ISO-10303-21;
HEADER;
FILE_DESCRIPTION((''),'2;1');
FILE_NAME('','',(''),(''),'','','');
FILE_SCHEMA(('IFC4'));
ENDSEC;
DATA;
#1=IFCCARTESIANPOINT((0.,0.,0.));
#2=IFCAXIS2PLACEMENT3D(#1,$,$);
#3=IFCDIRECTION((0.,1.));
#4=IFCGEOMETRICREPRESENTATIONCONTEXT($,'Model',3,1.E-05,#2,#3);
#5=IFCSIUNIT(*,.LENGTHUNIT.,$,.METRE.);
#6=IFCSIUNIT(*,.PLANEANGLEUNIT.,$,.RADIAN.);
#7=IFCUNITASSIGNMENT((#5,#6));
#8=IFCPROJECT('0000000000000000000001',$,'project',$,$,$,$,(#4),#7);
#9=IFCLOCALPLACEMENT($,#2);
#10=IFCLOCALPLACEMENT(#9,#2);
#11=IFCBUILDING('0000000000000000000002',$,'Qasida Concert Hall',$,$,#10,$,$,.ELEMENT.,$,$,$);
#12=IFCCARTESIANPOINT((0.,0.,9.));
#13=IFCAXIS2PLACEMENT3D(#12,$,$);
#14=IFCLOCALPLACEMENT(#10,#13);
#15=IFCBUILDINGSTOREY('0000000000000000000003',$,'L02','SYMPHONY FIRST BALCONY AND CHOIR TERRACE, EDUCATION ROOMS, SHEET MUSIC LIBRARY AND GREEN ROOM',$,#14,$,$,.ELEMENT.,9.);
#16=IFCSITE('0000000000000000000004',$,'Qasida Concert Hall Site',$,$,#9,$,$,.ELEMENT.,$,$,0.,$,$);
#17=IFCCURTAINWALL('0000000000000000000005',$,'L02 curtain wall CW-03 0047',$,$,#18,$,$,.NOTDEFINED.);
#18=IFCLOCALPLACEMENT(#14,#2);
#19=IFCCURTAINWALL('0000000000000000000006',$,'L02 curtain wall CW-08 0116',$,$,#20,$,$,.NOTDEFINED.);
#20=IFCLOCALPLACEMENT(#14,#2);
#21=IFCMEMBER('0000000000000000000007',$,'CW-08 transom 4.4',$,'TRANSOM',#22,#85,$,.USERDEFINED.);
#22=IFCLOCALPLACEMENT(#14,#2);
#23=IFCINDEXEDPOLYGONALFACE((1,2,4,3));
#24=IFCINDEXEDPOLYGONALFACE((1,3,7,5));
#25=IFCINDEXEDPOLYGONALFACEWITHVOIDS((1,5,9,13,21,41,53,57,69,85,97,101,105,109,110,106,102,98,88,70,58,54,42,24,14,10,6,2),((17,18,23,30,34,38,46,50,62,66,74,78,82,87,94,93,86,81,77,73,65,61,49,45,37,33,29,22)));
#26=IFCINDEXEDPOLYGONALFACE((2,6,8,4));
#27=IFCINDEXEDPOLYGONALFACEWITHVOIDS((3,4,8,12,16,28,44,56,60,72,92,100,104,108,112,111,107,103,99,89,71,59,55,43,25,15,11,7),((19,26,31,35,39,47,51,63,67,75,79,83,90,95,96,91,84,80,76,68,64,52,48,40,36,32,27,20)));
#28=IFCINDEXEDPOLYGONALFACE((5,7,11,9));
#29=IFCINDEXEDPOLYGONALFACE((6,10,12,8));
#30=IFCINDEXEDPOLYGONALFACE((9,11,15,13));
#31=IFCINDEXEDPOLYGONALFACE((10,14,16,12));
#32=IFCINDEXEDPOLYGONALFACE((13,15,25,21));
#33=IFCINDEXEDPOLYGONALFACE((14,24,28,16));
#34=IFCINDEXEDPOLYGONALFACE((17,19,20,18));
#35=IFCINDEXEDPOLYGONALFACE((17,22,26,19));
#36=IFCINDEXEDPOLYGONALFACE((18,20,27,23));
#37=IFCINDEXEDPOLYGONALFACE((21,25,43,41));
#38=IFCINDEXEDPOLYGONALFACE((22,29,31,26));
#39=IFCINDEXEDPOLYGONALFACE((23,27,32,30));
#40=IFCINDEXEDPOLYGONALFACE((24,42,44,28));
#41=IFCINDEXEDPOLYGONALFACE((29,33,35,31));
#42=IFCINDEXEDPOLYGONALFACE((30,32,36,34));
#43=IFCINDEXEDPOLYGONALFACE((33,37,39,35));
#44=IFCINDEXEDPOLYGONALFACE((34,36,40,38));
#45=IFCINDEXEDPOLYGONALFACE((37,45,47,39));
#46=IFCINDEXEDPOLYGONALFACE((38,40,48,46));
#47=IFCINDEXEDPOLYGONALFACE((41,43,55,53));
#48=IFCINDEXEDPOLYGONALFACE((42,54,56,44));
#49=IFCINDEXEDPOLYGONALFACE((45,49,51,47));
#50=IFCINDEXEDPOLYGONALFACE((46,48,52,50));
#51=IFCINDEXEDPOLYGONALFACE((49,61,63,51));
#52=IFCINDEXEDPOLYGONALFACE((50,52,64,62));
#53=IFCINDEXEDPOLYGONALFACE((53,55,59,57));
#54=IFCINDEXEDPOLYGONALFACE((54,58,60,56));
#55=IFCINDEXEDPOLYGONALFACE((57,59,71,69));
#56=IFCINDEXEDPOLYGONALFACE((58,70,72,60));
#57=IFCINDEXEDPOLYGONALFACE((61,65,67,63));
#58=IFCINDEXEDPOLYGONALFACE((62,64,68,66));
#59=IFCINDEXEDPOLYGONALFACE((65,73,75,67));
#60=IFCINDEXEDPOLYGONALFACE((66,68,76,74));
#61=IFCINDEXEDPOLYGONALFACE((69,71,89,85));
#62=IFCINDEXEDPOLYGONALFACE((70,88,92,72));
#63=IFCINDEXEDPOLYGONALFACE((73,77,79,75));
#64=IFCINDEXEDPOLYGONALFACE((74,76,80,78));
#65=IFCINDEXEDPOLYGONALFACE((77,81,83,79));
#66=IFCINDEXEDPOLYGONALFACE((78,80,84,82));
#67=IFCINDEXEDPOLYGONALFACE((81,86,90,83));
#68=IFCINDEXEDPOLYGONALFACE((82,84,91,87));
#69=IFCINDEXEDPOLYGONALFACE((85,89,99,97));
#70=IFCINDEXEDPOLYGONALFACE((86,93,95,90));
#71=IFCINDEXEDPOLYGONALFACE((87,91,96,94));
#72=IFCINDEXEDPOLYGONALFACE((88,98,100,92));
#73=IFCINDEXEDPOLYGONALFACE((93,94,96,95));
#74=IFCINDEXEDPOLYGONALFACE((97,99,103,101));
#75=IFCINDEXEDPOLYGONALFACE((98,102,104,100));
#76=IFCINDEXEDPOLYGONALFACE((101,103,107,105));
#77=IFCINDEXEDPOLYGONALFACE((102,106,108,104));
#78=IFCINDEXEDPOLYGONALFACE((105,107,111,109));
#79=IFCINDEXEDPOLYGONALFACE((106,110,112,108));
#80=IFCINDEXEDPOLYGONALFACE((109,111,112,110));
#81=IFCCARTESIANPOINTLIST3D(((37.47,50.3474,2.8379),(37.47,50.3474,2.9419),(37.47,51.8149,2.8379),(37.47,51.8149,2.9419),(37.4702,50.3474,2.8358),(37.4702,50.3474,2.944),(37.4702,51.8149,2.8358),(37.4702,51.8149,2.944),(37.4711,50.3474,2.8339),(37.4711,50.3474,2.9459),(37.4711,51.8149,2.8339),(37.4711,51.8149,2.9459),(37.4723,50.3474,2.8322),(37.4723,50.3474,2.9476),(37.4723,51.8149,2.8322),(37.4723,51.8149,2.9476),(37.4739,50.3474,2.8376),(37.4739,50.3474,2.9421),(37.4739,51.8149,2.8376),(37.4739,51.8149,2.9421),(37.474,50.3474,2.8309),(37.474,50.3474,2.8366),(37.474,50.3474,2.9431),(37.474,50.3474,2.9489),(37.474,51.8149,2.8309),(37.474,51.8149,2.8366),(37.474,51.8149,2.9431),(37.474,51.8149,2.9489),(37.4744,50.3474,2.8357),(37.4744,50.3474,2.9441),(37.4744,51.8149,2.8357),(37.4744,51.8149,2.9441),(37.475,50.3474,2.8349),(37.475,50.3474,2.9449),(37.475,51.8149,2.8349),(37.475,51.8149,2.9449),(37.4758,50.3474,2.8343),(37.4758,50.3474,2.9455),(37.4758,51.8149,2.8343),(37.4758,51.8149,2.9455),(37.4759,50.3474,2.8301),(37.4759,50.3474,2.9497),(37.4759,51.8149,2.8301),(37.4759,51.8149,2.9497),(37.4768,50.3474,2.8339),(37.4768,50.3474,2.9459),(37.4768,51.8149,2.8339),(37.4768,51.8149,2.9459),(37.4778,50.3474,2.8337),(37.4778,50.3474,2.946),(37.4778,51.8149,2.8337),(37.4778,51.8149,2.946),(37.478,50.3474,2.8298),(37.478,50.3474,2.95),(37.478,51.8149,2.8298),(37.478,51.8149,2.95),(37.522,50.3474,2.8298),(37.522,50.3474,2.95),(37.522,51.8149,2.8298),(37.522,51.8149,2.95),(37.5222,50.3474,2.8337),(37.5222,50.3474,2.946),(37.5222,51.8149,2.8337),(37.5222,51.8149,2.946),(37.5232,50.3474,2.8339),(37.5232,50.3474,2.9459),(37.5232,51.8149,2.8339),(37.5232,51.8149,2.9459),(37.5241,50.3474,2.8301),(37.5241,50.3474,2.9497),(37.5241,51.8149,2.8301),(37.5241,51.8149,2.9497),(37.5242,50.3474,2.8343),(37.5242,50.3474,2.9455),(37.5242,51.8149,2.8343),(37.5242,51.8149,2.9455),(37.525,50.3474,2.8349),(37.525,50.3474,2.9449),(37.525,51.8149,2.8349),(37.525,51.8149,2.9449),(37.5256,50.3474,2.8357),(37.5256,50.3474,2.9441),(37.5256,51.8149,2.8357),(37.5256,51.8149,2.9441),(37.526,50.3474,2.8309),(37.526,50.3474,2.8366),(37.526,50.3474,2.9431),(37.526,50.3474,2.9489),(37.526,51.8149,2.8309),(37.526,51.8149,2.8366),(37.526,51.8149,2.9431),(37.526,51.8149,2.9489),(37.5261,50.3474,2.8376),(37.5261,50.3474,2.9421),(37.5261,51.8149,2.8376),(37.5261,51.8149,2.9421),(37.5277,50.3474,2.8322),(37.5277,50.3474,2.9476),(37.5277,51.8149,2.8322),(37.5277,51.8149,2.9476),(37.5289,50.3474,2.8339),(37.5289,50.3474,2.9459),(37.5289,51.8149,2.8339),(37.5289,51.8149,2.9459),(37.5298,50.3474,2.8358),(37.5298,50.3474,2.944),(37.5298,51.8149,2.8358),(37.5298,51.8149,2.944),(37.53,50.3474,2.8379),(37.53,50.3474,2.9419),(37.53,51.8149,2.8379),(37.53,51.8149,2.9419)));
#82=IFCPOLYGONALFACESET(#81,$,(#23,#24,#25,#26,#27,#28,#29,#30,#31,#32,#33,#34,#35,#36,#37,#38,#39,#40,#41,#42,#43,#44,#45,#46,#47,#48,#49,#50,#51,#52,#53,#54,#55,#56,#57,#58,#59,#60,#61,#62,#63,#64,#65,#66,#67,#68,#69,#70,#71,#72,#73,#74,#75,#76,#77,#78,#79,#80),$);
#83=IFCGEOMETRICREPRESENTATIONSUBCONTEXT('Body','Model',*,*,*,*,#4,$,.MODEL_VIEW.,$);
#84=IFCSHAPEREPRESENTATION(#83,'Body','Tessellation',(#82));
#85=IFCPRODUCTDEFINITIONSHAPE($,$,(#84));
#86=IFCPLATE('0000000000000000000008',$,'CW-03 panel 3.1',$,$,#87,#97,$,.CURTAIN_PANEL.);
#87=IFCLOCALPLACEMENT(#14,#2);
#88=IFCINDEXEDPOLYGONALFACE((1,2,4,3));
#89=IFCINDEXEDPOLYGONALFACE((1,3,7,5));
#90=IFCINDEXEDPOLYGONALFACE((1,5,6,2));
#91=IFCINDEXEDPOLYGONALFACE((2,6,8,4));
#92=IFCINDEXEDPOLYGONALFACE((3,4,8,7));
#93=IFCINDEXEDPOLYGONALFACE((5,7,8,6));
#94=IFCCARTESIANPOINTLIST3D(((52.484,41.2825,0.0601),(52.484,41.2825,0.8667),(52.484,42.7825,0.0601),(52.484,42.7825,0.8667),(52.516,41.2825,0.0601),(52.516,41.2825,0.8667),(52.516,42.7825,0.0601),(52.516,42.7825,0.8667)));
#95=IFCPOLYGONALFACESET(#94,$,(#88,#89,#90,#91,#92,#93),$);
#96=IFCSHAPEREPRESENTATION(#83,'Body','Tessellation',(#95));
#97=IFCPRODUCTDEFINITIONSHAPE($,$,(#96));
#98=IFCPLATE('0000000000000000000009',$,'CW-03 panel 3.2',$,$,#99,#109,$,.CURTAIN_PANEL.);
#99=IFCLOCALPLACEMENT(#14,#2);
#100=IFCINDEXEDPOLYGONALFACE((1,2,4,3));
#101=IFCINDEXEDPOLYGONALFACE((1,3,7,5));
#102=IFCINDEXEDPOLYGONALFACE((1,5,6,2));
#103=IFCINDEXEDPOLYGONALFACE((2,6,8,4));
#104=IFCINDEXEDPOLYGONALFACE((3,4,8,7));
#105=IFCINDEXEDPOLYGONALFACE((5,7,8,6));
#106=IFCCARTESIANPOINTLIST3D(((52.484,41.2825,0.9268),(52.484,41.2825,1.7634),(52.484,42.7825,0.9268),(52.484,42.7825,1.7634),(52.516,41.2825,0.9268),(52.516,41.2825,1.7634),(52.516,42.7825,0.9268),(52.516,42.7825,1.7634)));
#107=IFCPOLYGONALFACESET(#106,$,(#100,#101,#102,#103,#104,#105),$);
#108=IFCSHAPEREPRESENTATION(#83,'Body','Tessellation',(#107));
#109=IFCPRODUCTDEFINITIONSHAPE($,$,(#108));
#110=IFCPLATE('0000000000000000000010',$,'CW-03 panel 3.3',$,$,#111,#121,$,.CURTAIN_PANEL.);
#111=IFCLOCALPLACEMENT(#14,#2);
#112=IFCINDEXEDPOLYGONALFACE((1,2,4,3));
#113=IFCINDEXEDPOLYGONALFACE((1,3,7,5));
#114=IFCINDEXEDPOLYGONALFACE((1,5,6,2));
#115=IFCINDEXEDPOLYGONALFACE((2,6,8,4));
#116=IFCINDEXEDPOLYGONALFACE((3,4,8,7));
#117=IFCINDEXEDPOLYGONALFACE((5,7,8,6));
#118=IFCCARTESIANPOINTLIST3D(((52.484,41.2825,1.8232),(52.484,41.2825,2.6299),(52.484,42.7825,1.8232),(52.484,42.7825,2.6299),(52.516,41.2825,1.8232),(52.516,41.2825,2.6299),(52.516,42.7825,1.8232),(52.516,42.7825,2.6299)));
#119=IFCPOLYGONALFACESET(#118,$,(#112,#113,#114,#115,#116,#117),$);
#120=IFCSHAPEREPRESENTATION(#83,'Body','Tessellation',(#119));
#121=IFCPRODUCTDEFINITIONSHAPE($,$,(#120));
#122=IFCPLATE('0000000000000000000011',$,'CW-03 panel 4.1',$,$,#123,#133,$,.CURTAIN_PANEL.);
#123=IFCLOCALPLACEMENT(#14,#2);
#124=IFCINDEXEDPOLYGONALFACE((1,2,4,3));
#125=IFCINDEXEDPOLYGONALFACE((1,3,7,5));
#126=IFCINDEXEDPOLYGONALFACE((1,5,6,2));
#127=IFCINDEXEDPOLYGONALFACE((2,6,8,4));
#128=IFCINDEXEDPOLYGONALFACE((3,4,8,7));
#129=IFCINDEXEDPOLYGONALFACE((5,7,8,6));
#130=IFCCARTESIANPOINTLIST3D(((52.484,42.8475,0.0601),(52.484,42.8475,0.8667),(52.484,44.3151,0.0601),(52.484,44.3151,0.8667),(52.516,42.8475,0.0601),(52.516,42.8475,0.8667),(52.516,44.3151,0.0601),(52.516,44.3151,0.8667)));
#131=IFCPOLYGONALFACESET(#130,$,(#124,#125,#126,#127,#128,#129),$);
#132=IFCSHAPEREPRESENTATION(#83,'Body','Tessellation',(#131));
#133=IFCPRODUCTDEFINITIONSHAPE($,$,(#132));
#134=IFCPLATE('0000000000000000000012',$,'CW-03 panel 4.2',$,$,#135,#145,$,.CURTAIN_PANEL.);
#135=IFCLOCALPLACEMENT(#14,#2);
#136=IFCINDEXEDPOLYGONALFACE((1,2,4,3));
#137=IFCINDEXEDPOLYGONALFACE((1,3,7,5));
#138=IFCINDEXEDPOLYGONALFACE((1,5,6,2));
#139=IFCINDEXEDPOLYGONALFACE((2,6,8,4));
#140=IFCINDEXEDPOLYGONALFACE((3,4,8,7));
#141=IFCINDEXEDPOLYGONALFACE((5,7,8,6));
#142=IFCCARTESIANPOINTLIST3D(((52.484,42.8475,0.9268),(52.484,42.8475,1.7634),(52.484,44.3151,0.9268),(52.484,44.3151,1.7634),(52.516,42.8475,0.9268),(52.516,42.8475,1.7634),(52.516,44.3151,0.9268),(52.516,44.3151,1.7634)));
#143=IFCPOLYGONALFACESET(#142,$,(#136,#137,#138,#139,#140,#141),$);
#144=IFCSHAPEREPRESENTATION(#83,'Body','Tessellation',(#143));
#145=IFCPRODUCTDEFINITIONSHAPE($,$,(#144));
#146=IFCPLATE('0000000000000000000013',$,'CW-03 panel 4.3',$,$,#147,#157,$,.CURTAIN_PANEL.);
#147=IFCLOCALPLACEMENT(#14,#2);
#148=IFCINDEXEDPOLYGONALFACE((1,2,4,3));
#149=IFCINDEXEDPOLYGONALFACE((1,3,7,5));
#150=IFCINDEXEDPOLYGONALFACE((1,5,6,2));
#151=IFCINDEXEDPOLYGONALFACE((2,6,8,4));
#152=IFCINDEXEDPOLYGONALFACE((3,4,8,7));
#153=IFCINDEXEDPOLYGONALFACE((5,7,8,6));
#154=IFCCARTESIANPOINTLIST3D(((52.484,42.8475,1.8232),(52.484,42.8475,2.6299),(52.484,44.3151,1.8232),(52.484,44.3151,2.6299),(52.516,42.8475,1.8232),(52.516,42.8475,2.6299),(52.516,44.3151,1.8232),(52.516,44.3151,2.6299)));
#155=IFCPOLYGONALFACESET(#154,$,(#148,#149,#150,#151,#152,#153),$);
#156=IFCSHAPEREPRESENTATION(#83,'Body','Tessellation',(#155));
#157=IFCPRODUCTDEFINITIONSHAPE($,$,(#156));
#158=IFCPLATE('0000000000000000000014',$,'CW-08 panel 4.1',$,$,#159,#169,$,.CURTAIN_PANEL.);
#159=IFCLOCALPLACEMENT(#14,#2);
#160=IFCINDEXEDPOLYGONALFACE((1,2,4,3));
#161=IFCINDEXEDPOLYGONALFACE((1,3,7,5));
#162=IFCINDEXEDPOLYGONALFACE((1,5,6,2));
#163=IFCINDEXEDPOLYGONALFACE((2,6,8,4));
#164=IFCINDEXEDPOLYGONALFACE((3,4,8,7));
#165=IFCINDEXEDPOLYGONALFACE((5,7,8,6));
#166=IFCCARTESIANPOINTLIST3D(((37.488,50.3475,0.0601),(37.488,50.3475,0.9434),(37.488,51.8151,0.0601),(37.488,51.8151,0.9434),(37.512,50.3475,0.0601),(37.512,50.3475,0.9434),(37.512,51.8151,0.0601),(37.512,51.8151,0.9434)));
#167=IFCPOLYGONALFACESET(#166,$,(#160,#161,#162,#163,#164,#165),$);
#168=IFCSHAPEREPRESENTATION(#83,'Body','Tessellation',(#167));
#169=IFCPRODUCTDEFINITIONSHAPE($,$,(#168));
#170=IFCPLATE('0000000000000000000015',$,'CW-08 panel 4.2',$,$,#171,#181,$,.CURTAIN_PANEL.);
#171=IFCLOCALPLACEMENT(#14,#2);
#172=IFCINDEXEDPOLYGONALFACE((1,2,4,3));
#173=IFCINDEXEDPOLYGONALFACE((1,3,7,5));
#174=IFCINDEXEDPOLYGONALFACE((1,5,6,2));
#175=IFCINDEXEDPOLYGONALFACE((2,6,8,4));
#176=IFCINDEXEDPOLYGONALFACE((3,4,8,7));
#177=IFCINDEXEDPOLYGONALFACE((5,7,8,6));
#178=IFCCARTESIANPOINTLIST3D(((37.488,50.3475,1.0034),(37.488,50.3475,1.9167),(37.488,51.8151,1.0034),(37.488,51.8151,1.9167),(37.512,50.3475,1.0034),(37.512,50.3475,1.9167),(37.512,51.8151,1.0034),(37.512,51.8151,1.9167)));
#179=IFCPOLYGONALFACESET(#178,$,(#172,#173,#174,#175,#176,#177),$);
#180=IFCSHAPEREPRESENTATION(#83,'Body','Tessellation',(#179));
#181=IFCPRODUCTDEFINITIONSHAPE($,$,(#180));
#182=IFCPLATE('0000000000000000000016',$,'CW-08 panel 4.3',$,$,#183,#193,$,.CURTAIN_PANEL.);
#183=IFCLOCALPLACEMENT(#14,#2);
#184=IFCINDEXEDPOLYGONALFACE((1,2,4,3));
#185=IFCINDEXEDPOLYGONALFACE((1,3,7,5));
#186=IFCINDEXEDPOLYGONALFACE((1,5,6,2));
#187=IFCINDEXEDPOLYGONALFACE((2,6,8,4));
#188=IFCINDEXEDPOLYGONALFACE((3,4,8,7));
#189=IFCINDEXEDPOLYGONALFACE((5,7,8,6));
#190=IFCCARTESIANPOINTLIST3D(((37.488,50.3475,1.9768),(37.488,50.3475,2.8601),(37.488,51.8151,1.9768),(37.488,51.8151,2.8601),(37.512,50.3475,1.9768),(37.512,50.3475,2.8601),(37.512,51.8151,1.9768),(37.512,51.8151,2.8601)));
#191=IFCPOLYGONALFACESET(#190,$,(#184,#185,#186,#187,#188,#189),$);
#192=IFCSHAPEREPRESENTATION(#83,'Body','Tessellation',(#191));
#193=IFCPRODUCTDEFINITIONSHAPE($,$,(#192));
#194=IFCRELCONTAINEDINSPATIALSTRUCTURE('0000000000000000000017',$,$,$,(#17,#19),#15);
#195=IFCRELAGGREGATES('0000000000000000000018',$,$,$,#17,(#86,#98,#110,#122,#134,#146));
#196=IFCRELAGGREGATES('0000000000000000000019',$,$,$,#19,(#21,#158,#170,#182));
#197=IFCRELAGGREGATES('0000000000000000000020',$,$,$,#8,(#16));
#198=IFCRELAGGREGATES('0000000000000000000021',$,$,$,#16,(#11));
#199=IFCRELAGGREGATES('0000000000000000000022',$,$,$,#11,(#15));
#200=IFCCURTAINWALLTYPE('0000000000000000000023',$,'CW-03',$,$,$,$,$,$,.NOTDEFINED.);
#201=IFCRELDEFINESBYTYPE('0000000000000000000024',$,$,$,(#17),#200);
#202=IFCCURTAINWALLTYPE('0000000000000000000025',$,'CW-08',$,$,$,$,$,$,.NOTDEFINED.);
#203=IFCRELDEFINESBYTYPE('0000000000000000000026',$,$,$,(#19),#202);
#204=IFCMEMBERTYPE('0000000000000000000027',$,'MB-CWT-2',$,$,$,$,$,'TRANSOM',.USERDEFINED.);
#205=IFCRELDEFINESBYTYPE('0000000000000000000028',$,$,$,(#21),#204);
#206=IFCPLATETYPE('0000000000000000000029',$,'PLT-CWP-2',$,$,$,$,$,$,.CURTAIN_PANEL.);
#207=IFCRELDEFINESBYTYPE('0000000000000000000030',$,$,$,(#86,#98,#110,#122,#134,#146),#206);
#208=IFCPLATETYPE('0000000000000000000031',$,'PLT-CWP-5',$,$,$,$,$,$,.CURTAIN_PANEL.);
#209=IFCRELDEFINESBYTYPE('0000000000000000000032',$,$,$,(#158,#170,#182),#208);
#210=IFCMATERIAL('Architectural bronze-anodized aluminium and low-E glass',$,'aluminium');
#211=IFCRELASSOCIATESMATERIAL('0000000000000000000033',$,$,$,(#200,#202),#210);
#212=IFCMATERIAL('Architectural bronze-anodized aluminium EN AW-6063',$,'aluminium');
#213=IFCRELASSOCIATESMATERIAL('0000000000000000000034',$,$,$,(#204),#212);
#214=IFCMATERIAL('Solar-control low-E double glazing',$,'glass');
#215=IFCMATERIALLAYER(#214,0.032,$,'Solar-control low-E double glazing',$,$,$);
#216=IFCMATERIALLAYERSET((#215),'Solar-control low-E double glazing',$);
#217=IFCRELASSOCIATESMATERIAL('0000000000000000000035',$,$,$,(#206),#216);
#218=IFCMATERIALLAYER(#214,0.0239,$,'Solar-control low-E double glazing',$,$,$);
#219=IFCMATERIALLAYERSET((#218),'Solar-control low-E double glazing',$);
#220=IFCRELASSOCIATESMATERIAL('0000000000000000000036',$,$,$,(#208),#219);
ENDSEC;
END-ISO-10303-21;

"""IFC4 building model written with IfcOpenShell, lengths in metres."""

from ifc_helpers import new_model, si_unit, direction, frame, origin, origin_2d, place, context, subcontext, project, spatial, rectangle, hollow_rectangle, extrude, material, layer, layer_set, material_profile, profile_set, type_object, element, aggregate, save


model = new_model("IFC4")

# Units and contexts
model_context = context("Model", 3, precision=1e-05, world=origin(), true_north=direction((0.0, 1.0)))
body_context = subcontext(model_context, "Body", "Model", "MODEL_VIEW")
ifc_project = project(units=[si_unit("LENGTHUNIT", "METRE"), si_unit("PLANEANGLEUNIT", "RADIAN")], contexts=[model_context])

# Site, building, storey
site_placement = place(None, origin())
site = spatial("IfcSite", under=ifc_project, at=site_placement, Name="Qasida Concert Hall Site", CompositionType="ELEMENT", RefElevation=0.0)
building_placement = place(site_placement, origin())
building = spatial("IfcBuilding", under=site, at=building_placement, Name="Qasida Concert Hall", CompositionType="ELEMENT")
storey_placement = place(building_placement, frame((0.0, 0.0, 9.0)))
storey = spatial("IfcBuildingStorey", under=building, at=storey_placement, Name="L02", Description="SYMPHONY FIRST BALCONY AND CHOIR TERRACE, EDUCATION ROOMS, SHEET MUSIC LIBRARY AND GREEN ROOM", CompositionType="ELEMENT", Elevation=9.0)

# Curtain wall
ifc_material_1 = material(Name="Architectural bronze-anodized aluminium and low-E glass", Category="aluminium")
curtain_wall_type_1 = type_object("IfcCurtainWallType", Name="CW-03", PredefinedType="NOTDEFINED", material=ifc_material_1)
curtain_wall_1_placement = place(storey_placement, origin())
curtain_wall_1 = element("IfcCurtainWall", 1, at=curtain_wall_1_placement, inside=storey, type_object=curtain_wall_type_1, Name="L02 curtain wall CW-03 0047", PredefinedType="NOTDEFINED")
ifc_material_2 = material(Name="Architectural bronze-anodized aluminium EN AW-6063", Category="aluminium")

# Curtain wall
curtain_wall_type_2 = type_object("IfcCurtainWallType", Name="CW-08", PredefinedType="NOTDEFINED", material=ifc_material_1)
curtain_wall_2_placement = place(storey_placement, origin())
curtain_wall_2 = element("IfcCurtainWall", 2, at=curtain_wall_2_placement, inside=storey, type_object=curtain_wall_type_2, Name="L02 curtain wall CW-08 0116", PredefinedType="NOTDEFINED")

# Member
ifc_material_profile_1 = material_profile(ifc_material_2, hollow_rectangle(XDim=0.0601, YDim=0.1201, WallThickness=0.0039, InnerFilletRadius=0.0039, OuterFilletRadius=0.0081, at=origin_2d()), Name="CWT 120x60x4")
ifc_profile_set_1 = profile_set([ifc_material_profile_1], Name="Architectural bronze-anodized aluminium EN AW-6063")
member_type_1 = type_object("IfcMemberType", Name="MB-CWT-2", ElementType="TRANSOM", PredefinedType="USERDEFINED", material=ifc_profile_set_1)
member_1_placement = place(storey_placement, frame((37.5, 50.3474, 2.8899), z_axis=(0.0, 1.0, 0.0), x_axis=(-1.0, 0.0, 0.0)))
member_1 = element("IfcMember", 3, at=member_1_placement, type_object=member_type_1, Name="CW-08 transom 4.4", ObjectType="TRANSOM", PredefinedType="USERDEFINED", context=body_context, shape_type="SweptSolid", body=[
    extrude(hollow_rectangle(XDim=0.0601, YDim=0.1201, WallThickness=0.0039, InnerFilletRadius=0.0039, OuterFilletRadius=0.0081, at=origin_2d()), origin(), (0.0, 0.0, 1.0), 1.4675),
])

# Plates
ifc_material_3 = material(Name="Solar-control low-E double glazing", Category="glass")
ifc_layer_1 = layer(ifc_material_3, 0.032, Name="Solar-control low-E double glazing")
ifc_layer_set_1 = layer_set([ifc_layer_1], Name="Solar-control low-E double glazing")
plate_type_1 = type_object("IfcPlateType", Name="PLT-CWP-2", PredefinedType="CURTAIN_PANEL", material=ifc_layer_set_1)
plate_1_placement = place(storey_placement, frame((52.5, 42.0325, 0.0601), z_axis=(0.0, 0.0, 1.0), x_axis=(0.0, 1.0, 0.0)))
plate_1 = element("IfcPlate", 4, at=plate_1_placement, type_object=plate_type_1, Name="CW-03 panel 3.1", PredefinedType="CURTAIN_PANEL", context=body_context, shape_type="SweptSolid", body=[
    extrude(rectangle(XDim=1.5, YDim=0.032, at=origin_2d()), origin(), (0.0, 0.0, 1.0), 0.8066),
])
plate_2_placement = place(storey_placement, frame((52.5, 42.0325, 0.9268), z_axis=(0.0, 0.0, 1.0), x_axis=(0.0, 1.0, 0.0)))
plate_2 = element("IfcPlate", 5, at=plate_2_placement, type_object=plate_type_1, Name="CW-03 panel 3.2", PredefinedType="CURTAIN_PANEL", context=body_context, shape_type="SweptSolid", body=[
    extrude(rectangle(XDim=1.5, YDim=0.032, at=origin_2d()), origin(), (0.0, 0.0, 1.0), 0.8367),
])
plate_3_placement = place(storey_placement, frame((52.5, 42.0325, 1.8232), z_axis=(0.0, 0.0, 1.0), x_axis=(0.0, 1.0, 0.0)))
plate_3 = element("IfcPlate", 6, at=plate_3_placement, type_object=plate_type_1, Name="CW-03 panel 3.3", PredefinedType="CURTAIN_PANEL", context=body_context, shape_type="SweptSolid", body=[
    extrude(rectangle(XDim=1.5, YDim=0.032, at=origin_2d()), origin(), (0.0, 0.0, 1.0), 0.8066),
])
plate_4_placement = place(storey_placement, frame((52.5, 43.5813, 0.0601), z_axis=(0.0, 0.0, 1.0), x_axis=(0.0, 1.0, 0.0)))
plate_4 = element("IfcPlate", 7, at=plate_4_placement, type_object=plate_type_1, Name="CW-03 panel 4.1", PredefinedType="CURTAIN_PANEL", context=body_context, shape_type="SweptSolid", body=[
    extrude(rectangle(XDim=1.4675, YDim=0.032, at=origin_2d()), origin(), (0.0, 0.0, 1.0), 0.8066),
])
plate_5_placement = place(storey_placement, frame((52.5, 43.5813, 0.9268), z_axis=(0.0, 0.0, 1.0), x_axis=(0.0, 1.0, 0.0)))
plate_5 = element("IfcPlate", 8, at=plate_5_placement, type_object=plate_type_1, Name="CW-03 panel 4.2", PredefinedType="CURTAIN_PANEL", context=body_context, shape_type="SweptSolid", body=[
    extrude(rectangle(XDim=1.4675, YDim=0.032, at=origin_2d()), origin(), (0.0, 0.0, 1.0), 0.8367),
])
plate_6_placement = place(storey_placement, frame((52.5, 43.5813, 1.8232), z_axis=(0.0, 0.0, 1.0), x_axis=(0.0, 1.0, 0.0)))
plate_6 = element("IfcPlate", 9, at=plate_6_placement, type_object=plate_type_1, Name="CW-03 panel 4.3", PredefinedType="CURTAIN_PANEL", context=body_context, shape_type="SweptSolid", body=[
    extrude(rectangle(XDim=1.4675, YDim=0.032, at=origin_2d()), origin(), (0.0, 0.0, 1.0), 0.8066),
])
aggregate(curtain_wall_1, [plate_1, plate_2, plate_3, plate_4, plate_5, plate_6])
ifc_layer_2 = layer(ifc_material_3, 0.0239, Name="Solar-control low-E double glazing")
ifc_layer_set_2 = layer_set([ifc_layer_2], Name="Solar-control low-E double glazing")
plate_type_2 = type_object("IfcPlateType", Name="PLT-CWP-5", PredefinedType="CURTAIN_PANEL", material=ifc_layer_set_2)
plate_7_placement = place(storey_placement, frame((37.5, 51.0813, 0.0601), z_axis=(0.0, 0.0, 1.0), x_axis=(0.0, 1.0, 0.0)))
plate_7 = element("IfcPlate", 10, at=plate_7_placement, type_object=plate_type_2, Name="CW-08 panel 4.1", PredefinedType="CURTAIN_PANEL", context=body_context, shape_type="SweptSolid", body=[
    extrude(rectangle(XDim=1.4675, YDim=0.0239, at=origin_2d()), origin(), (0.0, 0.0, 1.0), 0.8833),
])
plate_8_placement = place(storey_placement, frame((37.5, 51.0813, 1.0034), z_axis=(0.0, 0.0, 1.0), x_axis=(0.0, 1.0, 0.0)))
plate_8 = element("IfcPlate", 11, at=plate_8_placement, type_object=plate_type_2, Name="CW-08 panel 4.2", PredefinedType="CURTAIN_PANEL", context=body_context, shape_type="SweptSolid", body=[
    extrude(rectangle(XDim=1.4675, YDim=0.0239, at=origin_2d()), origin(), (0.0, 0.0, 1.0), 0.9133),
])
plate_9_placement = place(storey_placement, frame((37.5, 51.0813, 1.9768), z_axis=(0.0, 0.0, 1.0), x_axis=(0.0, 1.0, 0.0)))
plate_9 = element("IfcPlate", 12, at=plate_9_placement, type_object=plate_type_2, Name="CW-08 panel 4.3", PredefinedType="CURTAIN_PANEL", context=body_context, shape_type="SweptSolid", body=[
    extrude(rectangle(XDim=1.4675, YDim=0.0239, at=origin_2d()), origin(), (0.0, 0.0, 1.0), 0.8833),
])
aggregate(curtain_wall_2, [member_1, plate_7, plate_8, plate_9])

save(model, "model.ifc")
